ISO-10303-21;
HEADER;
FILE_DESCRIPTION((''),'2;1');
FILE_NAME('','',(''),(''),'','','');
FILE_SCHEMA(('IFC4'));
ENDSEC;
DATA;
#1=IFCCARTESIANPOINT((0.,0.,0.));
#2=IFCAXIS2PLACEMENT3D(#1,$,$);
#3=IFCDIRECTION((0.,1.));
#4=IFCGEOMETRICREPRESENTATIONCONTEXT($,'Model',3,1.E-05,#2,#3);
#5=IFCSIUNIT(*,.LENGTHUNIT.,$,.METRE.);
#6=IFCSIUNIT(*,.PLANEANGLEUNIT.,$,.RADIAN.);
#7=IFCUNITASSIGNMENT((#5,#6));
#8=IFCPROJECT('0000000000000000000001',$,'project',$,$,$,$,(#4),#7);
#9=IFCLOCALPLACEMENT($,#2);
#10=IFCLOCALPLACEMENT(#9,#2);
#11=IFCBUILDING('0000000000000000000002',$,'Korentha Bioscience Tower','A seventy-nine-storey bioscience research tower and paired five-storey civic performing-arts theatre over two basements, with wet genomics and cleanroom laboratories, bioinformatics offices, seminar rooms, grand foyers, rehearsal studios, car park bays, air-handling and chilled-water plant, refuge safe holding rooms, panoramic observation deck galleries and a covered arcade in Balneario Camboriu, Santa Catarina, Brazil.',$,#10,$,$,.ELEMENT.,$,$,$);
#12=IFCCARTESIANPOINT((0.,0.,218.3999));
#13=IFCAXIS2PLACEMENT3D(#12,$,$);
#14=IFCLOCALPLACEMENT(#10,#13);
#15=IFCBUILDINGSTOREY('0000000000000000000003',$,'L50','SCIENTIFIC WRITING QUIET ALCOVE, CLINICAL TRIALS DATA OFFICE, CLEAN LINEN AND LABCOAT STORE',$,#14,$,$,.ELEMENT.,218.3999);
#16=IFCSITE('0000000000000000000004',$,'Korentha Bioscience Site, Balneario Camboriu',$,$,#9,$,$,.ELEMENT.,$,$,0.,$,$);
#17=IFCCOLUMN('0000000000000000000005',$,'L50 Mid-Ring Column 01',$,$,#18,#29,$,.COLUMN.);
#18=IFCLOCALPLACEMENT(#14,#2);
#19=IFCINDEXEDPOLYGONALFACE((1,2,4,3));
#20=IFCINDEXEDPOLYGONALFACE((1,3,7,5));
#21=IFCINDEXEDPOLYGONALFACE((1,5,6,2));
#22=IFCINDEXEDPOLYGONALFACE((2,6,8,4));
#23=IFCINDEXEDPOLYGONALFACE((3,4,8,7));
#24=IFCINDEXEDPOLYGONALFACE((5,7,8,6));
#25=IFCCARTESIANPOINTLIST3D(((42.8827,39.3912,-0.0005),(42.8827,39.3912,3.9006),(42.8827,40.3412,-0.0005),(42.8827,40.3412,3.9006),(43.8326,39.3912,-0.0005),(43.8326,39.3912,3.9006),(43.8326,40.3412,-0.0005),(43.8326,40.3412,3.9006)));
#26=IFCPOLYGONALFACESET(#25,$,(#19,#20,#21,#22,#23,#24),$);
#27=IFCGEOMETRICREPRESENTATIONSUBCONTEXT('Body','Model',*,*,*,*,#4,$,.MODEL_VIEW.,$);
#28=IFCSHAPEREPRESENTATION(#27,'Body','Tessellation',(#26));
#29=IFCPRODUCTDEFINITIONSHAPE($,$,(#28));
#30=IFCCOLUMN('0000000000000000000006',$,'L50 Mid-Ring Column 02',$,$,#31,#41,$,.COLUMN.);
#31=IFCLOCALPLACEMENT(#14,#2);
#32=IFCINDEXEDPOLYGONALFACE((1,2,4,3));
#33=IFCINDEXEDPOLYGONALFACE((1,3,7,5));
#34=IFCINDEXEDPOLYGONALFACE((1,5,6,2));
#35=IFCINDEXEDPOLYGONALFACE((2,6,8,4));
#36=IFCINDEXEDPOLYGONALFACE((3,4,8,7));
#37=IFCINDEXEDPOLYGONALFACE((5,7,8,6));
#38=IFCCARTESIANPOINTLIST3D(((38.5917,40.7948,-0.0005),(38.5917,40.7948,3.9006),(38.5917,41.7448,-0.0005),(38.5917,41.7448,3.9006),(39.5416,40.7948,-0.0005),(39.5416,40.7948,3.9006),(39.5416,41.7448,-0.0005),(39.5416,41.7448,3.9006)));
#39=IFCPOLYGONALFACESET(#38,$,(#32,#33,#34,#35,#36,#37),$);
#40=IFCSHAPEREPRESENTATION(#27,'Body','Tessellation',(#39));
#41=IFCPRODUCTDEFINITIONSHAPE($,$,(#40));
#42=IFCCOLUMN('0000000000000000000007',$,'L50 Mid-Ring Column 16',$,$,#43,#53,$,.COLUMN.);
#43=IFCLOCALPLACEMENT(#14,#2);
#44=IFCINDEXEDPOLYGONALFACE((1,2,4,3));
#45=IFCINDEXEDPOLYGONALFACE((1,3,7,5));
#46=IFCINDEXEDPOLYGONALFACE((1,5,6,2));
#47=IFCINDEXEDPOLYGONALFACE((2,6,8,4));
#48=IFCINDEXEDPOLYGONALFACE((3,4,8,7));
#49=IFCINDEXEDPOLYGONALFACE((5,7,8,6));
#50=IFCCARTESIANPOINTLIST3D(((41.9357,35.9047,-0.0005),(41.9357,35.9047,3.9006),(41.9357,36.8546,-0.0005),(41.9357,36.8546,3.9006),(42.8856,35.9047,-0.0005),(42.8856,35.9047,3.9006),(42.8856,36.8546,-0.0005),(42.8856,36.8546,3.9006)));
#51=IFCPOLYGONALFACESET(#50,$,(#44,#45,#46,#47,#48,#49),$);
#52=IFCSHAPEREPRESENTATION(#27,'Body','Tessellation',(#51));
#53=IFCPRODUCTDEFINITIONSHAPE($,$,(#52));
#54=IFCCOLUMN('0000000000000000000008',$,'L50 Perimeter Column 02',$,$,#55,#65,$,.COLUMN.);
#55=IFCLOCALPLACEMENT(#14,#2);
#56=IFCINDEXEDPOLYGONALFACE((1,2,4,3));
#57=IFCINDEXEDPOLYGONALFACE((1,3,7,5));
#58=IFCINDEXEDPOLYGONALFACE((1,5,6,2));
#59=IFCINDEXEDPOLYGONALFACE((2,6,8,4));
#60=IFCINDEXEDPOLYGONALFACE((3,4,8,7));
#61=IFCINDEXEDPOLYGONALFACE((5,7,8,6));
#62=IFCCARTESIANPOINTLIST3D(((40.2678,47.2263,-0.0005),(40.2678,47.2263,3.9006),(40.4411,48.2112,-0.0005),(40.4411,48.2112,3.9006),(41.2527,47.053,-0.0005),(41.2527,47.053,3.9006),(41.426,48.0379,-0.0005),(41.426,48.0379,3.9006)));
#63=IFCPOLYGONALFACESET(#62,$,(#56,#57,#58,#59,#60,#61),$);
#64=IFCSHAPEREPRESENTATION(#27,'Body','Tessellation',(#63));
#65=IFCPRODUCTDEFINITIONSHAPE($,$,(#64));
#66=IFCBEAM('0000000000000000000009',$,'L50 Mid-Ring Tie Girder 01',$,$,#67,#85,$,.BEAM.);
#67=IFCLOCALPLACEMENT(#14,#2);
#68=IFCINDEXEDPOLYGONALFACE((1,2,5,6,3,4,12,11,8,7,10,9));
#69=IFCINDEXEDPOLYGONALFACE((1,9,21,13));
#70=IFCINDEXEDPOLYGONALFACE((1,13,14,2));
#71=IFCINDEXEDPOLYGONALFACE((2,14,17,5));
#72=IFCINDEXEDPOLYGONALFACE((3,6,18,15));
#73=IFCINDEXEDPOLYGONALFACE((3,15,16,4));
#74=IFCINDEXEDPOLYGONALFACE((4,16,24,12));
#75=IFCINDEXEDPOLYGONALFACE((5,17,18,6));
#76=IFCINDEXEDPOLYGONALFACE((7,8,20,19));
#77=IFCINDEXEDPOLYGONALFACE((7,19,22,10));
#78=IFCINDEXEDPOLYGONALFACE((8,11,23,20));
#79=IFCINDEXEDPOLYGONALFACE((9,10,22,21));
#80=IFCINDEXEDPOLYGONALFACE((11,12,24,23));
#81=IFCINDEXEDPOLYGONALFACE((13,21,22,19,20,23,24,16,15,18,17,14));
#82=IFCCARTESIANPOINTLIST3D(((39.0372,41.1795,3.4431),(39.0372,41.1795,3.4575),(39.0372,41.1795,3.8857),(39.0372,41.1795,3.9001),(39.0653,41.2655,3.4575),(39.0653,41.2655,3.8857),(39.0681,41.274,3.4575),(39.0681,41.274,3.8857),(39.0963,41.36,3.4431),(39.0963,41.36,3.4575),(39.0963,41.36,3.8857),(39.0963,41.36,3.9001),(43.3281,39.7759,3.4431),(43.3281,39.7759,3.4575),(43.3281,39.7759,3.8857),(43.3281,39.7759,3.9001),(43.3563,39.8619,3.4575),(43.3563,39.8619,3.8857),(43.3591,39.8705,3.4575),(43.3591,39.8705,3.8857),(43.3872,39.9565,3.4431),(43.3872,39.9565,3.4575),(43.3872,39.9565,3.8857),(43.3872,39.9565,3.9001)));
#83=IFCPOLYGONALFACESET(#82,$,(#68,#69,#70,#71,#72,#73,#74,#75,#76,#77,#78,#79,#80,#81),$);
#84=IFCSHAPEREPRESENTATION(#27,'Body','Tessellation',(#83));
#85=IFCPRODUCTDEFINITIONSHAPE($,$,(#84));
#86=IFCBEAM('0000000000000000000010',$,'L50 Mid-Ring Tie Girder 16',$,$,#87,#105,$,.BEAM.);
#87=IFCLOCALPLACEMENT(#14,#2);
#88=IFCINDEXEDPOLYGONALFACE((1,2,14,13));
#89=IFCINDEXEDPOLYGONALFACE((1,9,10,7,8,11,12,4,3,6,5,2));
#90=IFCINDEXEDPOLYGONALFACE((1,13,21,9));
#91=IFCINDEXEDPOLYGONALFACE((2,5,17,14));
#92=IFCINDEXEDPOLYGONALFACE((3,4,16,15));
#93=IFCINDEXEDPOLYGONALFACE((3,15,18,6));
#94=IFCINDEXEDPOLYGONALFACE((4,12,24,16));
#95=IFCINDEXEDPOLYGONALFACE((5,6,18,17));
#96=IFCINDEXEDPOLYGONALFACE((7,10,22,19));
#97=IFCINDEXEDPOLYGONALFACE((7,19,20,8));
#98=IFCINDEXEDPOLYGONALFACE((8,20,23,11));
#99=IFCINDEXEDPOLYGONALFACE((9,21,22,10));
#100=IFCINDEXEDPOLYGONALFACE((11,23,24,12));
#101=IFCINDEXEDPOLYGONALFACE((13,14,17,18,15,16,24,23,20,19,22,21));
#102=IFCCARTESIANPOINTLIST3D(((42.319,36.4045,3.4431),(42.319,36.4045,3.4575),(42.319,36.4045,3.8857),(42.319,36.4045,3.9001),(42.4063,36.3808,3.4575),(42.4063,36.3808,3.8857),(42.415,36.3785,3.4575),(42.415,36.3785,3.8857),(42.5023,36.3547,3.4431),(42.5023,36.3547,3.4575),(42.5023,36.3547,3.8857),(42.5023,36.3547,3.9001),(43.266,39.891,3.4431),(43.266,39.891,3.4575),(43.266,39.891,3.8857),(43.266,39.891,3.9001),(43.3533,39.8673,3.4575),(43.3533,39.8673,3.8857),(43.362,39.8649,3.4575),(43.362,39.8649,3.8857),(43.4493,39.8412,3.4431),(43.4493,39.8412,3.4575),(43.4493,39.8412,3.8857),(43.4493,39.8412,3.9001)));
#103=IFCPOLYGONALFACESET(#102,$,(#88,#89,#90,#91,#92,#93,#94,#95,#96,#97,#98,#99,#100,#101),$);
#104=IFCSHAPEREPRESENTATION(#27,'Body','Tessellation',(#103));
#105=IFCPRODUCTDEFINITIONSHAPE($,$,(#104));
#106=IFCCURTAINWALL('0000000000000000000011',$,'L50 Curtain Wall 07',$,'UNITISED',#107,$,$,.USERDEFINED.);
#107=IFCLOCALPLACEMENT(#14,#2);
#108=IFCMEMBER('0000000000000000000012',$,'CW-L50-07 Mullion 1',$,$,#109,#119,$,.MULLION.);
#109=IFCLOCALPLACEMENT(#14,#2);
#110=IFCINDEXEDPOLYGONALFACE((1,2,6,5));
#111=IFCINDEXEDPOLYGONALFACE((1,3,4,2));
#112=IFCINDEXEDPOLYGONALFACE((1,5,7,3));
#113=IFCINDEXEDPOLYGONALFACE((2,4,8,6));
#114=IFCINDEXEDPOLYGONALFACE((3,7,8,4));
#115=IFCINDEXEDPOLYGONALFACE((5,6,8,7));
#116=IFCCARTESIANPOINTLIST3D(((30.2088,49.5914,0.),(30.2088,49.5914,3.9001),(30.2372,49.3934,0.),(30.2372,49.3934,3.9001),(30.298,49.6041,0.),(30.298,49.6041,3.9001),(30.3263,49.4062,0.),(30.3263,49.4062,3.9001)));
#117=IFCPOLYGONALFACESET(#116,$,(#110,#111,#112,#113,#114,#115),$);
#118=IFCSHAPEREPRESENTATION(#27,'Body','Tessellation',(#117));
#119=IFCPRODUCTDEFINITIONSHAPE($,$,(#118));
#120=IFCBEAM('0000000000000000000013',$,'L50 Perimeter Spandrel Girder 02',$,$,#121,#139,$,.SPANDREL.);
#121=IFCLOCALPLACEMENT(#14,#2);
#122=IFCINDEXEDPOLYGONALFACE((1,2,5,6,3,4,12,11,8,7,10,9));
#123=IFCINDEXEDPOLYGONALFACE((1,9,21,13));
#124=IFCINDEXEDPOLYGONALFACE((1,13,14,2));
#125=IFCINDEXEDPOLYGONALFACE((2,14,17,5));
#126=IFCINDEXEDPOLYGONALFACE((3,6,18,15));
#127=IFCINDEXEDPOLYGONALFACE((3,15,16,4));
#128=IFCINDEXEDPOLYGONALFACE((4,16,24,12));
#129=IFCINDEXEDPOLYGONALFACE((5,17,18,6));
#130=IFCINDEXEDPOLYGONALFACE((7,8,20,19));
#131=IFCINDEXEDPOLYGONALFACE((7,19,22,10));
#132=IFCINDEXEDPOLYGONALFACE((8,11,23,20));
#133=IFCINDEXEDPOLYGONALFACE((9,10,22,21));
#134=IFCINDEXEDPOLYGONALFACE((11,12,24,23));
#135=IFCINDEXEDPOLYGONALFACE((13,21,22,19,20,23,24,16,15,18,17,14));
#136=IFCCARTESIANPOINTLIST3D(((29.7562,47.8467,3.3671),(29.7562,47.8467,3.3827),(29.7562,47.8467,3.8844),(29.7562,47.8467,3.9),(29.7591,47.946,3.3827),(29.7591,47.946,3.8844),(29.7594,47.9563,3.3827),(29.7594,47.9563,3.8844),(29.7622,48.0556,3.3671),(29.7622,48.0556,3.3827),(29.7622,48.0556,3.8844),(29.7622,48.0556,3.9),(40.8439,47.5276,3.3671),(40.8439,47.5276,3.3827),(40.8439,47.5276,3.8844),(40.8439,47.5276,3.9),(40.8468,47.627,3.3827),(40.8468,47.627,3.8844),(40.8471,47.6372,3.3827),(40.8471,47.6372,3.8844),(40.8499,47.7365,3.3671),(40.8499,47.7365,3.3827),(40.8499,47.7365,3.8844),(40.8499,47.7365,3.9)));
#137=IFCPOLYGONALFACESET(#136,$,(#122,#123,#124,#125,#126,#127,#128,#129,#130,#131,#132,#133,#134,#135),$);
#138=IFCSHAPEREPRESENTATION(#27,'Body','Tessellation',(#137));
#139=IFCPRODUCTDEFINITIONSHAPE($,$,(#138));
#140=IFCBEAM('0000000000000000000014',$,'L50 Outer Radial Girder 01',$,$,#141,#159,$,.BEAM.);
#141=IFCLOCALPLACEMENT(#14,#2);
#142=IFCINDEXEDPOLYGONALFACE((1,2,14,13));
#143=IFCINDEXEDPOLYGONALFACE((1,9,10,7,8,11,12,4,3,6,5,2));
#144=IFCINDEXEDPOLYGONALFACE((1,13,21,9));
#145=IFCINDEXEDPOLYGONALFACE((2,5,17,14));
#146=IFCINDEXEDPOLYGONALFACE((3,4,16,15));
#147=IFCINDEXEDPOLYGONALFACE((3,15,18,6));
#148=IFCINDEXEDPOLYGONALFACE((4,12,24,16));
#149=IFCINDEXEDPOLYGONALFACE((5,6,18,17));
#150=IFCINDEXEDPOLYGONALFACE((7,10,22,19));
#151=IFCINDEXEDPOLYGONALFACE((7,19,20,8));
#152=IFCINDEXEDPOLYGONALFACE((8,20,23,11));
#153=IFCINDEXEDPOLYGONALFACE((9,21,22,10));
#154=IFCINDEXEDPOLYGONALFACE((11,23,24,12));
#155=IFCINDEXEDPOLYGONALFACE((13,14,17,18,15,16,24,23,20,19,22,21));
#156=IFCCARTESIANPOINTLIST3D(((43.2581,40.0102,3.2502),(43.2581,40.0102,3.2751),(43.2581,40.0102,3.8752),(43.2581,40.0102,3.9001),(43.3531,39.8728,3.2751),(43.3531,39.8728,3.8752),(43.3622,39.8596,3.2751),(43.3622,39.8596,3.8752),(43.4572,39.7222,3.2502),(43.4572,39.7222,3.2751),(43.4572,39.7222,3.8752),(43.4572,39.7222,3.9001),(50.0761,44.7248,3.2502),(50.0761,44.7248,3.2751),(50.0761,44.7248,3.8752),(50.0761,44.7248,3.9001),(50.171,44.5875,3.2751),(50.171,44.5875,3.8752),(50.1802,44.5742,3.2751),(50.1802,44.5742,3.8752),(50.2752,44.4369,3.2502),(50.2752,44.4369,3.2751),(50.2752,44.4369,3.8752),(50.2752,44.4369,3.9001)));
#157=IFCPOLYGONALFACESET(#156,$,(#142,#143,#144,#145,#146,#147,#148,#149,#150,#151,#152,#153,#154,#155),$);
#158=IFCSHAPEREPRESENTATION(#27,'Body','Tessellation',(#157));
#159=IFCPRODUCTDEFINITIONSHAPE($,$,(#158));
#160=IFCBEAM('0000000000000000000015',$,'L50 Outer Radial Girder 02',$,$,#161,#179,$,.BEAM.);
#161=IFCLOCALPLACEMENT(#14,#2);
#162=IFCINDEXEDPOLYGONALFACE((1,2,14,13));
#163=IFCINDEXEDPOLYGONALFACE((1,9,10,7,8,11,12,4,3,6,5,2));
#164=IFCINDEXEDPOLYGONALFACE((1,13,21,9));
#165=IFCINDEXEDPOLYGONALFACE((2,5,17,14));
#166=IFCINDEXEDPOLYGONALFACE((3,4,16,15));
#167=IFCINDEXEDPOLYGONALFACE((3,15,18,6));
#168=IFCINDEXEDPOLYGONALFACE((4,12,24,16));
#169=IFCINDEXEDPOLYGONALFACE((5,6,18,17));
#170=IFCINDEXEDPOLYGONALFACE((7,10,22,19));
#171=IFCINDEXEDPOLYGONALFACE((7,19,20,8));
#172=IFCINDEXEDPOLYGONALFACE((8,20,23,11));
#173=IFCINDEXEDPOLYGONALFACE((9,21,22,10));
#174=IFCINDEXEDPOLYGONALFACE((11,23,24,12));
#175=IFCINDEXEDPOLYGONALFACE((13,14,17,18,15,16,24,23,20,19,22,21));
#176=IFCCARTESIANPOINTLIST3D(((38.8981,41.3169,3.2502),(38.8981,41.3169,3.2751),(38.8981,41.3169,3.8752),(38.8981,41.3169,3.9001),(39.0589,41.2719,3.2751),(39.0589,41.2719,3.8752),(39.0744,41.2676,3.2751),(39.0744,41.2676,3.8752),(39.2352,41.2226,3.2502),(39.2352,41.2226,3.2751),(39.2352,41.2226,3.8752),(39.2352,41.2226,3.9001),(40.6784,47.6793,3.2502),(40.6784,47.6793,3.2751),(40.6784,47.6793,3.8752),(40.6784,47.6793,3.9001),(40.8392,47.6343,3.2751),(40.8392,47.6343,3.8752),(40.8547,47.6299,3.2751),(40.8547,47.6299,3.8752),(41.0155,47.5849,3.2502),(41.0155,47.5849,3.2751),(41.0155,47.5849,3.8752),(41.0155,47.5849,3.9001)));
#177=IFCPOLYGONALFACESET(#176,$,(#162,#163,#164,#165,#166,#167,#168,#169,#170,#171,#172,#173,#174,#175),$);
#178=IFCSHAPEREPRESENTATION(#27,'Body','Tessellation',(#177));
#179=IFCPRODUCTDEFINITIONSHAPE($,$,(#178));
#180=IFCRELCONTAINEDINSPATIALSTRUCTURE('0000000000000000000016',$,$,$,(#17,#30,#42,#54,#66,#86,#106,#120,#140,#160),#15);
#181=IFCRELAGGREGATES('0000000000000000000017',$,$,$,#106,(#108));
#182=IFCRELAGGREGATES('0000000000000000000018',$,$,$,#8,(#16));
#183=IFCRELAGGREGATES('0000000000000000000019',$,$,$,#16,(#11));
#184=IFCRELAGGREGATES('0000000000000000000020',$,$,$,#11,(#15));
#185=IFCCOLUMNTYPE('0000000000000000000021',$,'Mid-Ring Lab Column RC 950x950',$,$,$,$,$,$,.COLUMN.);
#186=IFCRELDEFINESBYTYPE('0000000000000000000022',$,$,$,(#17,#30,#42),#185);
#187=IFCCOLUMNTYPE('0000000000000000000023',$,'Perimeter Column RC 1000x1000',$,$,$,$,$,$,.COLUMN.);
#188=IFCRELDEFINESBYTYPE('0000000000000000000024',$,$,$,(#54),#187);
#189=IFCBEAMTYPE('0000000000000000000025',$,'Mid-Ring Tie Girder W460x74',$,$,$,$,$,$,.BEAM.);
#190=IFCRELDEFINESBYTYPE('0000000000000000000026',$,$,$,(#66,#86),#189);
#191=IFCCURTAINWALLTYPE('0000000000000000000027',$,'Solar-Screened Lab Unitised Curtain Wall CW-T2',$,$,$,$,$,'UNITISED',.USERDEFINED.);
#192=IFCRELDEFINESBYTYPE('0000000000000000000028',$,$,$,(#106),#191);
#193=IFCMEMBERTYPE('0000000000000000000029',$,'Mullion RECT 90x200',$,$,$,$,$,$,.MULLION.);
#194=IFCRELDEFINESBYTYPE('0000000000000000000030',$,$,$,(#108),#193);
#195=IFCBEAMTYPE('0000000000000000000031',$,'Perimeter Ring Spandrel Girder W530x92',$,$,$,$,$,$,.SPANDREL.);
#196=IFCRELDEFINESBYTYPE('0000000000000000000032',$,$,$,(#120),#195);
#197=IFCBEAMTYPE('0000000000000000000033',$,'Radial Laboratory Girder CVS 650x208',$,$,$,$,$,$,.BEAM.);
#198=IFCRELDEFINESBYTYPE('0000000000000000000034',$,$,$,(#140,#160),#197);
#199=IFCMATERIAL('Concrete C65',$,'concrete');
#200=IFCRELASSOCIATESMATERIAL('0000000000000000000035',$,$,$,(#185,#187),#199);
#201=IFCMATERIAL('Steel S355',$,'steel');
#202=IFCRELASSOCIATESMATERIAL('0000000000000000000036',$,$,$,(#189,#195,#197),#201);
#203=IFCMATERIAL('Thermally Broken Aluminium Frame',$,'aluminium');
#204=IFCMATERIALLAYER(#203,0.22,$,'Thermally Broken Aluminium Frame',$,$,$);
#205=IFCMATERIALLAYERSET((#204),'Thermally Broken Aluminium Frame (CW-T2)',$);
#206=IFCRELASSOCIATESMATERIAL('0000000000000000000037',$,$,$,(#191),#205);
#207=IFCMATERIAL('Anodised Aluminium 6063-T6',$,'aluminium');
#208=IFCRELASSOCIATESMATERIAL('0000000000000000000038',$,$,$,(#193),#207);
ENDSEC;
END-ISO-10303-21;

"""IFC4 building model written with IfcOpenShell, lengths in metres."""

from ifc_helpers import new_model, si_unit, direction, frame, origin, origin_2d, place, context, subcontext, project, spatial, rectangle, i_section, extrude, material, layer, layer_set, material_profile, profile_set, type_object, element, aggregate, save


model = new_model("IFC4")

# Units and contexts
model_context = context("Model", 3, precision=1e-05, world=origin(), true_north=direction((0.0, 1.0)))
body_context = subcontext(model_context, "Body", "Model", "MODEL_VIEW")
ifc_project = project(units=[si_unit("LENGTHUNIT", "METRE"), si_unit("PLANEANGLEUNIT", "RADIAN")], contexts=[model_context])

# Site, building, storey
site_placement = place(None, origin())
site = spatial("IfcSite", under=ifc_project, at=site_placement, Name="Korentha Bioscience Site, Balneario Camboriu", CompositionType="ELEMENT", RefElevation=0.0)
building_placement = place(site_placement, origin())
building = spatial("IfcBuilding", under=site, at=building_placement, Name="Korentha Bioscience Tower", Description="A seventy-nine-storey bioscience research tower and paired five-storey civic performing-arts theatre over two basements, with wet genomics and cleanroom laboratories, bioinformatics offices, seminar rooms, grand foyers, rehearsal studios, car park bays, air-handling and chilled-water plant, refuge safe holding rooms, panoramic observation deck galleries and a covered arcade in Balneario Camboriu, Santa Catarina, Brazil.", CompositionType="ELEMENT")
storey_placement = place(building_placement, frame((0.0, 0.0, 218.3999)))
storey = spatial("IfcBuildingStorey", under=building, at=storey_placement, Name="L50", Description="SCIENTIFIC WRITING QUIET ALCOVE, CLINICAL TRIALS DATA OFFICE, CLEAN LINEN AND LABCOAT STORE", CompositionType="ELEMENT", Elevation=218.3999)

# Columns
ifc_material_1 = material(Name="Concrete C65", Category="concrete")
ifc_material_profile_1 = material_profile(ifc_material_1, rectangle(XDim=0.95, YDim=0.95, at=origin_2d()), Name="Concrete C65")
ifc_profile_set_1 = profile_set([ifc_material_profile_1], Name="Concrete C65 (COL-MR09)")
column_type_1 = type_object("IfcColumnType", Name="Mid-Ring Lab Column RC 950x950", PredefinedType="COLUMN", material=ifc_profile_set_1)
for number, where, z_axis, x_axis, name in (
    (1, (43.3577, 39.8662, -0.0005), (0.0, 0.0, 1.0), (1.0, 0.0, 0.0), "L50 Mid-Ring Column 01"),
    (2, (39.0667, 41.2698, -0.0005), (0.0, 0.0, 1.0), (1.0, 0.0, 0.0), "L50 Mid-Ring Column 02"),
    (3, (42.4106, 36.3796, -0.0005), (0.0, 0.0, 1.0), (1.0, 0.0, 0.0), "L50 Mid-Ring Column 16"),
):
    element("IfcColumn", number, at=place(storey_placement, frame(where, z_axis=z_axis, x_axis=x_axis)), inside=storey, type_object=column_type_1, Name=name, PredefinedType="COLUMN", context=body_context, shape_type="SweptSolid", body=[
        extrude(rectangle(XDim=0.95, YDim=0.95, at=origin_2d()), origin(), (0.0, 0.0, 1.0), 3.9011),
    ])
ifc_material_profile_2 = material_profile(ifc_material_1, rectangle(XDim=1.0, YDim=1.0, at=origin_2d()), Name="Concrete C65")
ifc_profile_set_2 = profile_set([ifc_material_profile_2], Name="Concrete C65 (COL-P10)")
column_type_2 = type_object("IfcColumnType", Name="Perimeter Column RC 1000x1000", PredefinedType="COLUMN", material=ifc_profile_set_2)
column_placement = place(storey_placement, frame((40.8469, 47.6321, -0.0005), z_axis=(0.0, 0.0, 1.0), x_axis=(-0.984868, 0.173304, 0.0)))
element("IfcColumn", 4, at=column_placement, inside=storey, type_object=column_type_2, Name="L50 Perimeter Column 02", PredefinedType="COLUMN", context=body_context, shape_type="SweptSolid", body=[
    extrude(rectangle(XDim=1.0, YDim=1.0, at=origin_2d()), origin(), (0.0, 0.0, 1.0), 3.9011),
])

# Beams
ifc_material_2 = material(Name="Steel S355", Category="steel")
ifc_material_profile_3 = material_profile(ifc_material_2, i_section(OverallWidth=0.1899, OverallDepth=0.457, WebThickness=0.009, FlangeThickness=0.0144, at=origin_2d()), Name="Steel S355")
ifc_profile_set_3 = profile_set([ifc_material_profile_3], Name="Steel S355 (MB-460)")
beam_type_1 = type_object("IfcBeamType", Name="Mid-Ring Tie Girder W460x74", PredefinedType="BEAM", material=ifc_profile_set_3)
beam_1_placement = place(storey_placement, frame((43.3577, 39.8662, 3.6716), z_axis=(-0.950447, 0.310885, 0.0), x_axis=(-0.310885, -0.950447, 0.0)))
element("IfcBeam", 5, at=beam_1_placement, inside=storey, type_object=beam_type_1, Name="L50 Mid-Ring Tie Girder 01", PredefinedType="BEAM", context=body_context, shape_type="SweptSolid", body=[
    extrude(i_section(OverallWidth=0.1899, OverallDepth=0.457, WebThickness=0.009, FlangeThickness=0.0144, at=origin_2d()), origin(), (0.0, 0.0, 1.0), 4.5146),
])
beam_2_placement = place(storey_placement, frame((42.4106, 36.3796, 3.6716), z_axis=(0.262122, 0.965035, 0.0), x_axis=(-0.965035, 0.262122, 0.0)))
element("IfcBeam", 6, at=beam_2_placement, inside=storey, type_object=beam_type_1, Name="L50 Mid-Ring Tie Girder 16", PredefinedType="BEAM", context=body_context, shape_type="SweptSolid", body=[
    extrude(i_section(OverallWidth=0.1899, OverallDepth=0.457, WebThickness=0.009, FlangeThickness=0.0144, at=origin_2d()), origin(), (0.0, 0.0, 1.0), 3.6128),
])

# Curtain wall, member
ifc_material_3 = material(Name="Thermally Broken Aluminium Frame", Category="aluminium")
ifc_layer_1 = layer(ifc_material_3, 0.22, Name="Thermally Broken Aluminium Frame")
ifc_layer_set_1 = layer_set([ifc_layer_1], Name="Thermally Broken Aluminium Frame (CW-T2)")
curtain_wall_type = type_object("IfcCurtainWallType", Name="Solar-Screened Lab Unitised Curtain Wall CW-T2", ElementType="UNITISED", PredefinedType="USERDEFINED", material=ifc_layer_set_1)
curtain_wall_placement = place(storey_placement, origin())
curtain_wall = element("IfcCurtainWall", 7, at=curtain_wall_placement, inside=storey, type_object=curtain_wall_type, Name="L50 Curtain Wall 07", ObjectType="UNITISED", PredefinedType="USERDEFINED")
ifc_material_4 = material(Name="Anodised Aluminium 6063-T6", Category="aluminium")
ifc_material_profile_4 = material_profile(ifc_material_4, rectangle(XDim=0.0901, YDim=0.2, at=origin_2d()), Name="Anodised Aluminium 6063-T6")
ifc_profile_set_4 = profile_set([ifc_material_profile_4], Name="Anodised Aluminium 6063-T6 (CW-MUL)")
member_type_1 = type_object("IfcMemberType", Name="Mullion RECT 90x200", PredefinedType="MULLION", material=ifc_profile_set_4)
member_1_placement = place(storey_placement, frame((30.2676, 49.4988, 0.0), z_axis=(0.0, 0.0, 1.0), x_axis=(-0.989902, -0.141754, 0.0)))
member_1 = element("IfcMember", 8, at=member_1_placement, type_object=member_type_1, Name="CW-L50-07 Mullion 1", PredefinedType="MULLION", context=body_context, shape_type="SweptSolid", body=[
    extrude(rectangle(XDim=0.0901, YDim=0.2, at=origin_2d()), origin(), (0.0, 0.0, 1.0), 3.9001),
])

# Beams
ifc_material_profile_5 = material_profile(ifc_material_2, i_section(OverallWidth=0.209, OverallDepth=0.533, WebThickness=0.0103, FlangeThickness=0.0156, at=origin_2d()), Name="Steel S355")
ifc_profile_set_5 = profile_set([ifc_material_profile_5], Name="Steel S355 (SB-530)")
beam_type_2 = type_object("IfcBeamType", Name="Perimeter Ring Spandrel Girder W530x92", PredefinedType="SPANDREL", material=ifc_profile_set_5)
beam_3_placement = place(storey_placement, frame((40.8469, 47.6321, 3.6335), z_axis=(-0.999586, 0.028767, 0.0), x_axis=(-0.028767, -0.999586, 0.0)))
element("IfcBeam", 9, at=beam_3_placement, inside=storey, type_object=beam_type_2, Name="L50 Perimeter Spandrel Girder 02", PredefinedType="SPANDREL", context=body_context, shape_type="SweptSolid", body=[
    extrude(i_section(OverallWidth=0.209, OverallDepth=0.533, WebThickness=0.0103, FlangeThickness=0.0156, at=origin_2d()), origin(), (0.0, 0.0, 1.0), 11.0923),
])
ifc_material_profile_6 = material_profile(ifc_material_2, i_section(OverallWidth=0.3501, OverallDepth=0.6499, WebThickness=0.0161, FlangeThickness=0.0249, at=origin_2d()), Name="Steel S355")
ifc_profile_set_6 = profile_set([ifc_material_profile_6], Name="Steel S355 (RB-650)")
beam_type_3 = type_object("IfcBeamType", Name="Radial Laboratory Girder CVS 650x208", PredefinedType="BEAM", material=ifc_profile_set_6)
beam_4_placement = place(storey_placement, frame((43.3577, 39.8662, 3.5752), z_axis=(0.822501, 0.568764, 0.0), x_axis=(-0.568764, 0.822501, 0.0)))
element("IfcBeam", 10, at=beam_4_placement, inside=storey, type_object=beam_type_3, Name="L50 Outer Radial Girder 01", PredefinedType="BEAM", context=body_context, shape_type="SweptSolid", body=[
    extrude(i_section(OverallWidth=0.3501, OverallDepth=0.6499, WebThickness=0.0161, FlangeThickness=0.0249, at=origin_2d()), origin(), (0.0, 0.0, 1.0), 8.2893),
])
beam_5_placement = place(storey_placement, frame((39.0667, 41.2698, 3.5752), z_axis=(0.269465, 0.96301, 0.0), x_axis=(-0.96301, 0.269465, 0.0)))
element("IfcBeam", 11, at=beam_5_placement, inside=storey, type_object=beam_type_3, Name="L50 Outer Radial Girder 02", PredefinedType="BEAM", context=body_context, shape_type="SweptSolid", body=[
    extrude(i_section(OverallWidth=0.3501, OverallDepth=0.6499, WebThickness=0.0161, FlangeThickness=0.0249, at=origin_2d()), origin(), (0.0, 0.0, 1.0), 6.6067),
])

aggregate(curtain_wall, [member_1])

save(model, "model.ifc")
